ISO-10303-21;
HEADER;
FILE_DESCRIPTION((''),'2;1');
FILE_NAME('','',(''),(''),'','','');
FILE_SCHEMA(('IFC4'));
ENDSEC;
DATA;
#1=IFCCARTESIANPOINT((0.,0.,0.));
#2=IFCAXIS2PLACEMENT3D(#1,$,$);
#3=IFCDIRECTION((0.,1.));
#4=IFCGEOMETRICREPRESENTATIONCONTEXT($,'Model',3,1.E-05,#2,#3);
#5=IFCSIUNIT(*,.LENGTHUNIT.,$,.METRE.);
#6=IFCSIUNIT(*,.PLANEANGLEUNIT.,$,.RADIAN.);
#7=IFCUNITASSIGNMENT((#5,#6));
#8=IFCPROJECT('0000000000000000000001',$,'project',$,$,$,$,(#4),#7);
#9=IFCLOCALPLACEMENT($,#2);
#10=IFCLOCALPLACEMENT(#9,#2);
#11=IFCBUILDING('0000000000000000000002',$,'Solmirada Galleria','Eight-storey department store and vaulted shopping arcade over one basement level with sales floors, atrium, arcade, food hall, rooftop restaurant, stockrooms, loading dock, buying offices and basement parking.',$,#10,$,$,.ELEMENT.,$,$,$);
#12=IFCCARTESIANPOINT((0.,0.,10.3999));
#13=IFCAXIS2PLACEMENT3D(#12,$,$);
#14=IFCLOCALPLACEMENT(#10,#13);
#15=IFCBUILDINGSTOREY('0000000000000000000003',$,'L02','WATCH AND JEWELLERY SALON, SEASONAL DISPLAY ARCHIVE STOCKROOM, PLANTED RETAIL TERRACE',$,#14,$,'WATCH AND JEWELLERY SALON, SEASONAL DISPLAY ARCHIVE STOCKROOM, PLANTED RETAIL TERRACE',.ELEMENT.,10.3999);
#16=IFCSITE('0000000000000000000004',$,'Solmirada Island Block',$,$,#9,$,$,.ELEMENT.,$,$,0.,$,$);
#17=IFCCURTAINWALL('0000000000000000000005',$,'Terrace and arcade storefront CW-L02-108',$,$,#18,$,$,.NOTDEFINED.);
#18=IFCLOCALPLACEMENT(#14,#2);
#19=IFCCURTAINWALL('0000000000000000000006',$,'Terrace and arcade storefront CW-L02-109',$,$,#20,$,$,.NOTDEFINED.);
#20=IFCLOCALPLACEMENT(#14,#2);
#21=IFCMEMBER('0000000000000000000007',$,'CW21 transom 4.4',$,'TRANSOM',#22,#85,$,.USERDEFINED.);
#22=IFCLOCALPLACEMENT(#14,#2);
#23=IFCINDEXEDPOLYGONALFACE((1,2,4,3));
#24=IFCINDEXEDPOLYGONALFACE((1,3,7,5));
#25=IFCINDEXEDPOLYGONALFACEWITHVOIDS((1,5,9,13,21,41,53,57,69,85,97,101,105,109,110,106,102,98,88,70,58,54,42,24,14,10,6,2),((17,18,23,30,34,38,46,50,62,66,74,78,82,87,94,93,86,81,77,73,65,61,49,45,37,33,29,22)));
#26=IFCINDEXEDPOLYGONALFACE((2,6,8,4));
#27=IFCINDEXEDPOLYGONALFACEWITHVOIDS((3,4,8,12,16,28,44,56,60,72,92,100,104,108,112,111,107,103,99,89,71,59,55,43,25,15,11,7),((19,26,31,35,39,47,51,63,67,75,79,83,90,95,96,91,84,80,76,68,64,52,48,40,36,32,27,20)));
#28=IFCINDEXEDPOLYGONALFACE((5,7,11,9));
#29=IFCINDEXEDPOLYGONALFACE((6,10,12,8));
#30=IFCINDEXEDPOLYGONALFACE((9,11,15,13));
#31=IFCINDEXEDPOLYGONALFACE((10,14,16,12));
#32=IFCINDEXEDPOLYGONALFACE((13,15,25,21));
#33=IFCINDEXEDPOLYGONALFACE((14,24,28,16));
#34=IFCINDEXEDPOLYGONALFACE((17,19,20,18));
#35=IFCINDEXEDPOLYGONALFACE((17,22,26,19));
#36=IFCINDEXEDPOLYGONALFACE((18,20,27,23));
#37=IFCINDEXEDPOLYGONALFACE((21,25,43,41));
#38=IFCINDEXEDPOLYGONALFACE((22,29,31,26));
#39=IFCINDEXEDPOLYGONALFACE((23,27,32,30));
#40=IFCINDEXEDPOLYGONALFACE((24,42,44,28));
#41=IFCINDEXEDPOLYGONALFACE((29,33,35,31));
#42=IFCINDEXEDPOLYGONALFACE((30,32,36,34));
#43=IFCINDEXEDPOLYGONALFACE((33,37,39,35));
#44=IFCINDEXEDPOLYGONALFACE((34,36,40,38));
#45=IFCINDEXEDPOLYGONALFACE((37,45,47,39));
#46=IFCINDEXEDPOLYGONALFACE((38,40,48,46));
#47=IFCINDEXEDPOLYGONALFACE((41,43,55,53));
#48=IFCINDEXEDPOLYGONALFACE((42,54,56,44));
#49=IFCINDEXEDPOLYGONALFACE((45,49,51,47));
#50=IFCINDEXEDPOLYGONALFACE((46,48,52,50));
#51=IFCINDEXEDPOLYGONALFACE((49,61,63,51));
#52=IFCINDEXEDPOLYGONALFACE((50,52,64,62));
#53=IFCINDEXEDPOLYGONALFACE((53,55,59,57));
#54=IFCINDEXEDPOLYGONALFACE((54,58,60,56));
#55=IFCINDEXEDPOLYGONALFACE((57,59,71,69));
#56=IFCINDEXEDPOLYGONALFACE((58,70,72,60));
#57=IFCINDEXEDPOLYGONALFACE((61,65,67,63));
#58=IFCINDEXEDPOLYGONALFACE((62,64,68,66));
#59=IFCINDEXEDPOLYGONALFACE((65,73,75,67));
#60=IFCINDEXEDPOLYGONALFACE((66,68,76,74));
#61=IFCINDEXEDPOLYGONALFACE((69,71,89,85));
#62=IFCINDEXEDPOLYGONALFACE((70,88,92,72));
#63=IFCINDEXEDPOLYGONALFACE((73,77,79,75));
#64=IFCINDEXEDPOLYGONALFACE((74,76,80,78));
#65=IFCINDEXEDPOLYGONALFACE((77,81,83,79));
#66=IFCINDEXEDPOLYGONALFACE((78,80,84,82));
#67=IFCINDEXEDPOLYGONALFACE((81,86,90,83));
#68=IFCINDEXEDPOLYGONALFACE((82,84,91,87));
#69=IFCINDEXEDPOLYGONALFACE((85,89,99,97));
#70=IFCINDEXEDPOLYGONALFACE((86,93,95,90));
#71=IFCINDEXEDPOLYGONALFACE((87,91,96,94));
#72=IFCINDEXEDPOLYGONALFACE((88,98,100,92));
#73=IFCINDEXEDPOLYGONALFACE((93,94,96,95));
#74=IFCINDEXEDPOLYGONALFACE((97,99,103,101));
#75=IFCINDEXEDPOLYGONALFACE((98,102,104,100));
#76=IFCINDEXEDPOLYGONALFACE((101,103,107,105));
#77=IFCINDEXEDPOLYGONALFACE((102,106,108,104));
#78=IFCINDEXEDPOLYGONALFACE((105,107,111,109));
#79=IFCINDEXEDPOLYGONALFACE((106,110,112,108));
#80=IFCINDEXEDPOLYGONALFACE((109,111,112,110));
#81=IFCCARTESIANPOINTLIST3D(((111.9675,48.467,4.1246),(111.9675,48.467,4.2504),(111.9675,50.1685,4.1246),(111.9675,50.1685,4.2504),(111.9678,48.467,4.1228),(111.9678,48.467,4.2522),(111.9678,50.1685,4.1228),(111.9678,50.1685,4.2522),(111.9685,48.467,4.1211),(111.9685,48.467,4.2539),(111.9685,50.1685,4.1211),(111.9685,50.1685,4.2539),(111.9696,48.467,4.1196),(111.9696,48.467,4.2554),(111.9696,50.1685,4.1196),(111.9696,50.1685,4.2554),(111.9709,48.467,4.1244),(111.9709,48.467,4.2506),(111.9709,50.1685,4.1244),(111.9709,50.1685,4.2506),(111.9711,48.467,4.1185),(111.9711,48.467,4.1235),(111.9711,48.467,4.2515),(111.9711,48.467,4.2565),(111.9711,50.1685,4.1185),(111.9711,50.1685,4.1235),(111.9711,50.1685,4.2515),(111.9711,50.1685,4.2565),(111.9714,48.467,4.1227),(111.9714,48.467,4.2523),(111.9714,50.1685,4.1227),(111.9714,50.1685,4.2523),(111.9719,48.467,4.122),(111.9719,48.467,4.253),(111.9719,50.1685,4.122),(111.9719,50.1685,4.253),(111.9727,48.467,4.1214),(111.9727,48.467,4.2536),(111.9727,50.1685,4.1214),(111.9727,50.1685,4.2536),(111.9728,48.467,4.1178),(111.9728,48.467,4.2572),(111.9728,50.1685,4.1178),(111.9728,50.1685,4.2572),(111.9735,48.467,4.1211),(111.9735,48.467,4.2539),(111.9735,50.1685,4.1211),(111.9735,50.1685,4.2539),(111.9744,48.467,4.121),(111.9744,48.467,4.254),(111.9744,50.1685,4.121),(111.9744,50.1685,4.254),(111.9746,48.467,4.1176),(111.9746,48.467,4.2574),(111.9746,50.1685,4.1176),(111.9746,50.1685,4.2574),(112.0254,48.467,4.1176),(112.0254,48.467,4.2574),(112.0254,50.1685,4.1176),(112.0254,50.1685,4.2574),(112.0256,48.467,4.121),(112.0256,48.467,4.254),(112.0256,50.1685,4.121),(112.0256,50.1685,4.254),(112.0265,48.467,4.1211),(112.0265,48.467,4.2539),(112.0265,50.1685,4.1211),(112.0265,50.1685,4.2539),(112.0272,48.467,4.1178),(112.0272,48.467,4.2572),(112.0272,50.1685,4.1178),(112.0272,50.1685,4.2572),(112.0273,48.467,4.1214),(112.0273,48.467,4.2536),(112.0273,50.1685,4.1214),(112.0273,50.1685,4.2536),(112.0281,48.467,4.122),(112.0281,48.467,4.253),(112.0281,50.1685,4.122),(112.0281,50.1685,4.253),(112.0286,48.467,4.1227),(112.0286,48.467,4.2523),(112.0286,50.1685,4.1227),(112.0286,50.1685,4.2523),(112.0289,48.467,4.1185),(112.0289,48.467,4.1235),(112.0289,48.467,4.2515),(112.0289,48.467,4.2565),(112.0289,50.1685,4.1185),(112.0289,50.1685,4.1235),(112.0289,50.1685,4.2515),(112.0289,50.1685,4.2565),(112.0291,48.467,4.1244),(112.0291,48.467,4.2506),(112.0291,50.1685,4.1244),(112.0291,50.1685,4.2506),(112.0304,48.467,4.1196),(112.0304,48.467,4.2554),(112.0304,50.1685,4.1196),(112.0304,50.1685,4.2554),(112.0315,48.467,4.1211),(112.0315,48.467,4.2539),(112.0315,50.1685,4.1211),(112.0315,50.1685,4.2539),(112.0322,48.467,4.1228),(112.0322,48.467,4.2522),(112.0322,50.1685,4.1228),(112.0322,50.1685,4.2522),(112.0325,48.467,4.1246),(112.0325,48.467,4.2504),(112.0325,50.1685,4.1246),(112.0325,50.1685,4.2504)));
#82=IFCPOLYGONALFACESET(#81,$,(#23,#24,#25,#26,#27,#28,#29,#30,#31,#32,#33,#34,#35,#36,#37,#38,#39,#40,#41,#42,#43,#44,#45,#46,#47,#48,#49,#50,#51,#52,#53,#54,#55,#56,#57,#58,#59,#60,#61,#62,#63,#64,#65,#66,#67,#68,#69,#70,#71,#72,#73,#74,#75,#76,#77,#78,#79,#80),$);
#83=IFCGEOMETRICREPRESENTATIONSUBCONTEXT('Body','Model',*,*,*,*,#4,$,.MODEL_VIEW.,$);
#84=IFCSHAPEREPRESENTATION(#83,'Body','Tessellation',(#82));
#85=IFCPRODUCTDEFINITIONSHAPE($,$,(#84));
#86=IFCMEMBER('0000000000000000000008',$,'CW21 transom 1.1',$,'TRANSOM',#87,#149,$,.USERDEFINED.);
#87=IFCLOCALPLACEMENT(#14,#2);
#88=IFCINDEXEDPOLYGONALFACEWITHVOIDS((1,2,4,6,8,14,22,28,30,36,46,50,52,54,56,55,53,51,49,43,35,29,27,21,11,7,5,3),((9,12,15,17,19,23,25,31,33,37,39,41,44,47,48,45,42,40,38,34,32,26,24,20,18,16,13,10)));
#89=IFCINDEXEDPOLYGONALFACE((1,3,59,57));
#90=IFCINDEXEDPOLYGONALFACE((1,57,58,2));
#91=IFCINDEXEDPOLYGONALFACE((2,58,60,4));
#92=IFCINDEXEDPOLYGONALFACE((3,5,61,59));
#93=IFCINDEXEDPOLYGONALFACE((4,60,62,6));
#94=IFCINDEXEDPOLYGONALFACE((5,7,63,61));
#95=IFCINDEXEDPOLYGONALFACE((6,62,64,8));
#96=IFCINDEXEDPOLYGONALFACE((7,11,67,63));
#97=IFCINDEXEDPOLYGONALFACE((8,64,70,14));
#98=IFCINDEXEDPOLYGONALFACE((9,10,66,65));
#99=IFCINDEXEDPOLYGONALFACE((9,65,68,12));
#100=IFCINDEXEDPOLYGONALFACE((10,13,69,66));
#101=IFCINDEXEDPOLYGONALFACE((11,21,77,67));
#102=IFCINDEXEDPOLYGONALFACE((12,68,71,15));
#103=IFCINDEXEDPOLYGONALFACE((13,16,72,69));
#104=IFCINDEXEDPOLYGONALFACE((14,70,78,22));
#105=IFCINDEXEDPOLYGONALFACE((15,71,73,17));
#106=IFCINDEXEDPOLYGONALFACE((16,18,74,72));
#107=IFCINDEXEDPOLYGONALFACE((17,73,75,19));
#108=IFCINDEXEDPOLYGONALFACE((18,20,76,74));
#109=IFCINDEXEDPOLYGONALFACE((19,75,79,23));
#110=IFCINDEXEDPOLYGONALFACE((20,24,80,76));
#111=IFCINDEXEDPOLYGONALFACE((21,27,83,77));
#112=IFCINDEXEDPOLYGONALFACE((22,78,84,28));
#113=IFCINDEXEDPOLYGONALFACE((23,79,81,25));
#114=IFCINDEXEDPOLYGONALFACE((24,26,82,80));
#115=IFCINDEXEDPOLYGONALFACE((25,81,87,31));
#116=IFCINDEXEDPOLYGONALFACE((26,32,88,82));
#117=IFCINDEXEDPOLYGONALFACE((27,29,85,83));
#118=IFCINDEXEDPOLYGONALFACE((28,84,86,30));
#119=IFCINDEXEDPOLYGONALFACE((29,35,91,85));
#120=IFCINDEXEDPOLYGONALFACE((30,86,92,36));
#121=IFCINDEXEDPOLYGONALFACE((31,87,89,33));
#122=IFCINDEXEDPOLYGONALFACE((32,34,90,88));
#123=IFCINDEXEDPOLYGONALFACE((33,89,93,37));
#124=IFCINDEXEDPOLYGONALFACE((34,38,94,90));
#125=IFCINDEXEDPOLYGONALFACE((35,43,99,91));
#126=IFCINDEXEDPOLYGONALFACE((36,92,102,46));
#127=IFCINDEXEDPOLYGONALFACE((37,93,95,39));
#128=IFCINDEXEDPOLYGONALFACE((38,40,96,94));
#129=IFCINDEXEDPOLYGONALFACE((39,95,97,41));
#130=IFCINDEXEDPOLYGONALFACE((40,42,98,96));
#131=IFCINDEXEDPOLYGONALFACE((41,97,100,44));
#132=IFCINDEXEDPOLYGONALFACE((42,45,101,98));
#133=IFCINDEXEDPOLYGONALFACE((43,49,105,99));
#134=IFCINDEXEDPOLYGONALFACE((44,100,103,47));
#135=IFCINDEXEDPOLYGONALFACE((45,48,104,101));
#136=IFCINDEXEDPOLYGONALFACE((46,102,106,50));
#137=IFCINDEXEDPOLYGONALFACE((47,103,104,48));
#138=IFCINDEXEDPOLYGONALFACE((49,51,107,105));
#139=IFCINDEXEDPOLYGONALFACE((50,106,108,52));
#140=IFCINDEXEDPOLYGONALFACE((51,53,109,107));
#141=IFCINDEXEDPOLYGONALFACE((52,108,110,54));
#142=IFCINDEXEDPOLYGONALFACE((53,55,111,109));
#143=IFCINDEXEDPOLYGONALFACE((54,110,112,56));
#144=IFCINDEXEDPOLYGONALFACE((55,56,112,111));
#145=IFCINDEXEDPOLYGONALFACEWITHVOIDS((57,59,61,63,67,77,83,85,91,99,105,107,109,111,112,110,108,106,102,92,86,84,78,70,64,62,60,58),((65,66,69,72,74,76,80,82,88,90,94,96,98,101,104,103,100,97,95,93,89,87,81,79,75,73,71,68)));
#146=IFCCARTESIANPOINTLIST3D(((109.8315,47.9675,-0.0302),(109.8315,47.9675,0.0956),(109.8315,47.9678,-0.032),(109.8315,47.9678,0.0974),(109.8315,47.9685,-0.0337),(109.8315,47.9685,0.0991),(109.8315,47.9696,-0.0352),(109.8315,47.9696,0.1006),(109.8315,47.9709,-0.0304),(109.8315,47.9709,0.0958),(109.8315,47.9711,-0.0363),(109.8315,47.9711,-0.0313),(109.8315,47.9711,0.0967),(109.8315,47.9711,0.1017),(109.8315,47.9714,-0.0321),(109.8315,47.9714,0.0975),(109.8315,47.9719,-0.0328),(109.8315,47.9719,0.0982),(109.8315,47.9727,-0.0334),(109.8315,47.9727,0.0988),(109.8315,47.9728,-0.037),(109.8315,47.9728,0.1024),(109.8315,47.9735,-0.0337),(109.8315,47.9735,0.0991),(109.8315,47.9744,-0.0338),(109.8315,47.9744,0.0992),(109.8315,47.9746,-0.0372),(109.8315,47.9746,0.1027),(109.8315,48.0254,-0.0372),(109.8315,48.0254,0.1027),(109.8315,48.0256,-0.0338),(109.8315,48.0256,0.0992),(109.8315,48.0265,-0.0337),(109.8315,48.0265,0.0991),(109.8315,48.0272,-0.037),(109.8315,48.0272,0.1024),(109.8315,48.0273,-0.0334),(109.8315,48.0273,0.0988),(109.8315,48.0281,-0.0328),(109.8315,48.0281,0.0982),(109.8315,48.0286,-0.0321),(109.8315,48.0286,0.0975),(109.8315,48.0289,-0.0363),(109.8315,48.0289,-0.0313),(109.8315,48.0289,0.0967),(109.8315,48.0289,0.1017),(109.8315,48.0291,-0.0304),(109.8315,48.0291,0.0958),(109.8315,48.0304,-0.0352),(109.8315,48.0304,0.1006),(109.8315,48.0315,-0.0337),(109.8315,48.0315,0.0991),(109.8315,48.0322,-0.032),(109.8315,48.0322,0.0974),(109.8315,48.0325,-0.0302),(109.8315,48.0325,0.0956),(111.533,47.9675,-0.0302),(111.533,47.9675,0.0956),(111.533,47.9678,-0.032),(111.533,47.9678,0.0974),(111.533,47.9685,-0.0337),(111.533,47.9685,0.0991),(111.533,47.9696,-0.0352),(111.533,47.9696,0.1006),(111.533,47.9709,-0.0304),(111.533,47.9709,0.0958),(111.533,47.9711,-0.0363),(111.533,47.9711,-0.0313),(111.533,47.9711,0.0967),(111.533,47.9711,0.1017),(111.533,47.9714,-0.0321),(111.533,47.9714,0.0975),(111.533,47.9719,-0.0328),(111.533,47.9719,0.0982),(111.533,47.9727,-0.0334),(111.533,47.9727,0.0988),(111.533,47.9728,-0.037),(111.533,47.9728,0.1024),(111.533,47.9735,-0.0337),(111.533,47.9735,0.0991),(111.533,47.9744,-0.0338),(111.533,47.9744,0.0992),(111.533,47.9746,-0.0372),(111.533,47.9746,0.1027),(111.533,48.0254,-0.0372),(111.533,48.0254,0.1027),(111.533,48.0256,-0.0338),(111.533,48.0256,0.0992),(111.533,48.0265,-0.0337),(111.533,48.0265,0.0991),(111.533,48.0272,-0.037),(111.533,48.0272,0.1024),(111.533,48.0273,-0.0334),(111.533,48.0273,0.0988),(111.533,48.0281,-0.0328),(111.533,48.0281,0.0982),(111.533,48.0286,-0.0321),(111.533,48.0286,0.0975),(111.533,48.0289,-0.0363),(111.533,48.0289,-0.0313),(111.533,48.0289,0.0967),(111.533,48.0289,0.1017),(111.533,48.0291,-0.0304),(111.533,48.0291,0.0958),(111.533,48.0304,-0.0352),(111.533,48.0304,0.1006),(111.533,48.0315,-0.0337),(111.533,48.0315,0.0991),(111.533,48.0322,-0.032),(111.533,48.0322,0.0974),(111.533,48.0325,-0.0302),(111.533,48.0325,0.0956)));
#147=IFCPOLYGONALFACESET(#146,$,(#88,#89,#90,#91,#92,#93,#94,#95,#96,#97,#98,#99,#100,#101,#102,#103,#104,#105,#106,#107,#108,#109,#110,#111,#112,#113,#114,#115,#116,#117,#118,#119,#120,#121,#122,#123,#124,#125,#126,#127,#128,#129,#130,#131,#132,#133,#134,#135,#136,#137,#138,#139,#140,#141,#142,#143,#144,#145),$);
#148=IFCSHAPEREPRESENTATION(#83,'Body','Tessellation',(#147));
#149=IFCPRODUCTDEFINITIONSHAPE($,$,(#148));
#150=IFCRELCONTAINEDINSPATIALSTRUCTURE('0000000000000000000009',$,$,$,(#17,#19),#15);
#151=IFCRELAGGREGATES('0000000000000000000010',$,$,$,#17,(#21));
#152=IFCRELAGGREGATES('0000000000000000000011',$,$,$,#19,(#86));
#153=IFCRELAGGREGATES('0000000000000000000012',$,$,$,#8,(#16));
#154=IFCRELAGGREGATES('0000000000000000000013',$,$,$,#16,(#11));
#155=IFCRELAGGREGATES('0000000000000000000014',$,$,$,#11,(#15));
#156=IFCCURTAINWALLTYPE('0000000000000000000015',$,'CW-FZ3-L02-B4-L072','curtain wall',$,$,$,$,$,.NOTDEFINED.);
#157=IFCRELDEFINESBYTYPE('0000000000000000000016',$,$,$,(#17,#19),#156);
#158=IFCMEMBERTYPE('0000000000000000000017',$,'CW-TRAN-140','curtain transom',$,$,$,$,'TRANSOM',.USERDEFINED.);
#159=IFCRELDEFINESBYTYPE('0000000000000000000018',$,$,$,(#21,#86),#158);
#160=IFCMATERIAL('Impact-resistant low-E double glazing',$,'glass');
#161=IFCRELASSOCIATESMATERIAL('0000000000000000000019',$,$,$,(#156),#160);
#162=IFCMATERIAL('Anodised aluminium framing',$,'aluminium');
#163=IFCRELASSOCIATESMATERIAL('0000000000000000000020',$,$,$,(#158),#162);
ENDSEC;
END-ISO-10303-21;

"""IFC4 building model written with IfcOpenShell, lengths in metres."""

from ifc_helpers import new_model, si_unit, direction, frame, origin, origin_2d, place, context, subcontext, project, spatial, hollow_rectangle, extrude, material, material_profile, profile_set, type_object, element, aggregate, save


model = new_model("IFC4")

# Units and contexts
model_context = context("Model", 3, precision=1e-05, world=origin(), true_north=direction((0.0, 1.0)))
body_context = subcontext(model_context, "Body", "Model", "MODEL_VIEW")
ifc_project = project(units=[si_unit("LENGTHUNIT", "METRE"), si_unit("PLANEANGLEUNIT", "RADIAN")], contexts=[model_context])

# Site, building, storey
site_placement = place(None, origin())
site = spatial("IfcSite", under=ifc_project, at=site_placement, Name="Solmirada Island Block", CompositionType="ELEMENT", RefElevation=0.0)
building_placement = place(site_placement, origin())
building = spatial("IfcBuilding", under=site, at=building_placement, Name="Solmirada Galleria", Description="Eight-storey department store and vaulted shopping arcade over one basement level with sales floors, atrium, arcade, food hall, rooftop restaurant, stockrooms, loading dock, buying offices and basement parking.", CompositionType="ELEMENT")
storey_placement = place(building_placement, frame((0.0, 0.0, 10.3999)))
storey = spatial("IfcBuildingStorey", under=building, at=storey_placement, Name="L02", Description="WATCH AND JEWELLERY SALON, SEASONAL DISPLAY ARCHIVE STOCKROOM, PLANTED RETAIL TERRACE", LongName="WATCH AND JEWELLERY SALON, SEASONAL DISPLAY ARCHIVE STOCKROOM, PLANTED RETAIL TERRACE", CompositionType="ELEMENT", Elevation=10.3999)

# Curtain walls
ifc_material_1 = material(Name="Impact-resistant low-E double glazing", Category="glass")
curtain_wall_type = type_object("IfcCurtainWallType", Name="CW-FZ3-L02-B4-L072", Description="curtain wall", PredefinedType="NOTDEFINED", material=ifc_material_1)
curtain_wall_1_placement = place(storey_placement, origin())
curtain_wall_1 = element("IfcCurtainWall", 1, at=curtain_wall_1_placement, inside=storey, type_object=curtain_wall_type, Name="Terrace and arcade storefront CW-L02-108", PredefinedType="NOTDEFINED")
ifc_material_2 = material(Name="Anodised aluminium framing", Category="aluminium")
curtain_wall_2_placement = place(storey_placement, origin())
curtain_wall_2 = element("IfcCurtainWall", 2, at=curtain_wall_2_placement, inside=storey, type_object=curtain_wall_type, Name="Terrace and arcade storefront CW-L02-109", PredefinedType="NOTDEFINED")

# Members
ifc_material_profile_1 = material_profile(ifc_material_2, hollow_rectangle(XDim=0.0649, YDim=0.1399, WallThickness=0.0034, InnerFilletRadius=0.0034, OuterFilletRadius=0.0071, at=origin_2d()), Name="ALU-TRAN-140X65")
ifc_profile_set_1 = profile_set([ifc_material_profile_1], Name="Anodised aluminium framing")
member_type_1 = type_object("IfcMemberType", Name="CW-TRAN-140", Description="curtain transom", ElementType="TRANSOM", PredefinedType="USERDEFINED", material=ifc_profile_set_1)
member_1_placement = place(storey_placement, frame((112.0, 50.1685, 4.1875), z_axis=(0.0, -1.0, 0.0), x_axis=(1.0, 0.0, 0.0)))
member_1 = element("IfcMember", 3, at=member_1_placement, type_object=member_type_1, Name="CW21 transom 4.4", ObjectType="TRANSOM", PredefinedType="USERDEFINED", context=body_context, shape_type="SweptSolid", body=[
    extrude(hollow_rectangle(XDim=0.0649, YDim=0.1399, WallThickness=0.0034, InnerFilletRadius=0.0034, OuterFilletRadius=0.0071, at=origin_2d()), origin(), (0.0, 0.0, 1.0), 1.7014),
])
member_2_placement = place(storey_placement, frame((111.533, 48.0, 0.0327), z_axis=(-1.0, 0.0, 0.0), x_axis=(0.0, -1.0, 0.0)))
member_2 = element("IfcMember", 4, at=member_2_placement, type_object=member_type_1, Name="CW21 transom 1.1", ObjectType="TRANSOM", PredefinedType="USERDEFINED", context=body_context, shape_type="SweptSolid", body=[
    extrude(hollow_rectangle(XDim=0.0649, YDim=0.1399, WallThickness=0.0034, InnerFilletRadius=0.0034, OuterFilletRadius=0.0071, at=origin_2d()), origin(), (0.0, 0.0, 1.0), 1.7014),
])

aggregate(curtain_wall_1, [member_1])
aggregate(curtain_wall_2, [member_2])

save(model, "model.ifc")
